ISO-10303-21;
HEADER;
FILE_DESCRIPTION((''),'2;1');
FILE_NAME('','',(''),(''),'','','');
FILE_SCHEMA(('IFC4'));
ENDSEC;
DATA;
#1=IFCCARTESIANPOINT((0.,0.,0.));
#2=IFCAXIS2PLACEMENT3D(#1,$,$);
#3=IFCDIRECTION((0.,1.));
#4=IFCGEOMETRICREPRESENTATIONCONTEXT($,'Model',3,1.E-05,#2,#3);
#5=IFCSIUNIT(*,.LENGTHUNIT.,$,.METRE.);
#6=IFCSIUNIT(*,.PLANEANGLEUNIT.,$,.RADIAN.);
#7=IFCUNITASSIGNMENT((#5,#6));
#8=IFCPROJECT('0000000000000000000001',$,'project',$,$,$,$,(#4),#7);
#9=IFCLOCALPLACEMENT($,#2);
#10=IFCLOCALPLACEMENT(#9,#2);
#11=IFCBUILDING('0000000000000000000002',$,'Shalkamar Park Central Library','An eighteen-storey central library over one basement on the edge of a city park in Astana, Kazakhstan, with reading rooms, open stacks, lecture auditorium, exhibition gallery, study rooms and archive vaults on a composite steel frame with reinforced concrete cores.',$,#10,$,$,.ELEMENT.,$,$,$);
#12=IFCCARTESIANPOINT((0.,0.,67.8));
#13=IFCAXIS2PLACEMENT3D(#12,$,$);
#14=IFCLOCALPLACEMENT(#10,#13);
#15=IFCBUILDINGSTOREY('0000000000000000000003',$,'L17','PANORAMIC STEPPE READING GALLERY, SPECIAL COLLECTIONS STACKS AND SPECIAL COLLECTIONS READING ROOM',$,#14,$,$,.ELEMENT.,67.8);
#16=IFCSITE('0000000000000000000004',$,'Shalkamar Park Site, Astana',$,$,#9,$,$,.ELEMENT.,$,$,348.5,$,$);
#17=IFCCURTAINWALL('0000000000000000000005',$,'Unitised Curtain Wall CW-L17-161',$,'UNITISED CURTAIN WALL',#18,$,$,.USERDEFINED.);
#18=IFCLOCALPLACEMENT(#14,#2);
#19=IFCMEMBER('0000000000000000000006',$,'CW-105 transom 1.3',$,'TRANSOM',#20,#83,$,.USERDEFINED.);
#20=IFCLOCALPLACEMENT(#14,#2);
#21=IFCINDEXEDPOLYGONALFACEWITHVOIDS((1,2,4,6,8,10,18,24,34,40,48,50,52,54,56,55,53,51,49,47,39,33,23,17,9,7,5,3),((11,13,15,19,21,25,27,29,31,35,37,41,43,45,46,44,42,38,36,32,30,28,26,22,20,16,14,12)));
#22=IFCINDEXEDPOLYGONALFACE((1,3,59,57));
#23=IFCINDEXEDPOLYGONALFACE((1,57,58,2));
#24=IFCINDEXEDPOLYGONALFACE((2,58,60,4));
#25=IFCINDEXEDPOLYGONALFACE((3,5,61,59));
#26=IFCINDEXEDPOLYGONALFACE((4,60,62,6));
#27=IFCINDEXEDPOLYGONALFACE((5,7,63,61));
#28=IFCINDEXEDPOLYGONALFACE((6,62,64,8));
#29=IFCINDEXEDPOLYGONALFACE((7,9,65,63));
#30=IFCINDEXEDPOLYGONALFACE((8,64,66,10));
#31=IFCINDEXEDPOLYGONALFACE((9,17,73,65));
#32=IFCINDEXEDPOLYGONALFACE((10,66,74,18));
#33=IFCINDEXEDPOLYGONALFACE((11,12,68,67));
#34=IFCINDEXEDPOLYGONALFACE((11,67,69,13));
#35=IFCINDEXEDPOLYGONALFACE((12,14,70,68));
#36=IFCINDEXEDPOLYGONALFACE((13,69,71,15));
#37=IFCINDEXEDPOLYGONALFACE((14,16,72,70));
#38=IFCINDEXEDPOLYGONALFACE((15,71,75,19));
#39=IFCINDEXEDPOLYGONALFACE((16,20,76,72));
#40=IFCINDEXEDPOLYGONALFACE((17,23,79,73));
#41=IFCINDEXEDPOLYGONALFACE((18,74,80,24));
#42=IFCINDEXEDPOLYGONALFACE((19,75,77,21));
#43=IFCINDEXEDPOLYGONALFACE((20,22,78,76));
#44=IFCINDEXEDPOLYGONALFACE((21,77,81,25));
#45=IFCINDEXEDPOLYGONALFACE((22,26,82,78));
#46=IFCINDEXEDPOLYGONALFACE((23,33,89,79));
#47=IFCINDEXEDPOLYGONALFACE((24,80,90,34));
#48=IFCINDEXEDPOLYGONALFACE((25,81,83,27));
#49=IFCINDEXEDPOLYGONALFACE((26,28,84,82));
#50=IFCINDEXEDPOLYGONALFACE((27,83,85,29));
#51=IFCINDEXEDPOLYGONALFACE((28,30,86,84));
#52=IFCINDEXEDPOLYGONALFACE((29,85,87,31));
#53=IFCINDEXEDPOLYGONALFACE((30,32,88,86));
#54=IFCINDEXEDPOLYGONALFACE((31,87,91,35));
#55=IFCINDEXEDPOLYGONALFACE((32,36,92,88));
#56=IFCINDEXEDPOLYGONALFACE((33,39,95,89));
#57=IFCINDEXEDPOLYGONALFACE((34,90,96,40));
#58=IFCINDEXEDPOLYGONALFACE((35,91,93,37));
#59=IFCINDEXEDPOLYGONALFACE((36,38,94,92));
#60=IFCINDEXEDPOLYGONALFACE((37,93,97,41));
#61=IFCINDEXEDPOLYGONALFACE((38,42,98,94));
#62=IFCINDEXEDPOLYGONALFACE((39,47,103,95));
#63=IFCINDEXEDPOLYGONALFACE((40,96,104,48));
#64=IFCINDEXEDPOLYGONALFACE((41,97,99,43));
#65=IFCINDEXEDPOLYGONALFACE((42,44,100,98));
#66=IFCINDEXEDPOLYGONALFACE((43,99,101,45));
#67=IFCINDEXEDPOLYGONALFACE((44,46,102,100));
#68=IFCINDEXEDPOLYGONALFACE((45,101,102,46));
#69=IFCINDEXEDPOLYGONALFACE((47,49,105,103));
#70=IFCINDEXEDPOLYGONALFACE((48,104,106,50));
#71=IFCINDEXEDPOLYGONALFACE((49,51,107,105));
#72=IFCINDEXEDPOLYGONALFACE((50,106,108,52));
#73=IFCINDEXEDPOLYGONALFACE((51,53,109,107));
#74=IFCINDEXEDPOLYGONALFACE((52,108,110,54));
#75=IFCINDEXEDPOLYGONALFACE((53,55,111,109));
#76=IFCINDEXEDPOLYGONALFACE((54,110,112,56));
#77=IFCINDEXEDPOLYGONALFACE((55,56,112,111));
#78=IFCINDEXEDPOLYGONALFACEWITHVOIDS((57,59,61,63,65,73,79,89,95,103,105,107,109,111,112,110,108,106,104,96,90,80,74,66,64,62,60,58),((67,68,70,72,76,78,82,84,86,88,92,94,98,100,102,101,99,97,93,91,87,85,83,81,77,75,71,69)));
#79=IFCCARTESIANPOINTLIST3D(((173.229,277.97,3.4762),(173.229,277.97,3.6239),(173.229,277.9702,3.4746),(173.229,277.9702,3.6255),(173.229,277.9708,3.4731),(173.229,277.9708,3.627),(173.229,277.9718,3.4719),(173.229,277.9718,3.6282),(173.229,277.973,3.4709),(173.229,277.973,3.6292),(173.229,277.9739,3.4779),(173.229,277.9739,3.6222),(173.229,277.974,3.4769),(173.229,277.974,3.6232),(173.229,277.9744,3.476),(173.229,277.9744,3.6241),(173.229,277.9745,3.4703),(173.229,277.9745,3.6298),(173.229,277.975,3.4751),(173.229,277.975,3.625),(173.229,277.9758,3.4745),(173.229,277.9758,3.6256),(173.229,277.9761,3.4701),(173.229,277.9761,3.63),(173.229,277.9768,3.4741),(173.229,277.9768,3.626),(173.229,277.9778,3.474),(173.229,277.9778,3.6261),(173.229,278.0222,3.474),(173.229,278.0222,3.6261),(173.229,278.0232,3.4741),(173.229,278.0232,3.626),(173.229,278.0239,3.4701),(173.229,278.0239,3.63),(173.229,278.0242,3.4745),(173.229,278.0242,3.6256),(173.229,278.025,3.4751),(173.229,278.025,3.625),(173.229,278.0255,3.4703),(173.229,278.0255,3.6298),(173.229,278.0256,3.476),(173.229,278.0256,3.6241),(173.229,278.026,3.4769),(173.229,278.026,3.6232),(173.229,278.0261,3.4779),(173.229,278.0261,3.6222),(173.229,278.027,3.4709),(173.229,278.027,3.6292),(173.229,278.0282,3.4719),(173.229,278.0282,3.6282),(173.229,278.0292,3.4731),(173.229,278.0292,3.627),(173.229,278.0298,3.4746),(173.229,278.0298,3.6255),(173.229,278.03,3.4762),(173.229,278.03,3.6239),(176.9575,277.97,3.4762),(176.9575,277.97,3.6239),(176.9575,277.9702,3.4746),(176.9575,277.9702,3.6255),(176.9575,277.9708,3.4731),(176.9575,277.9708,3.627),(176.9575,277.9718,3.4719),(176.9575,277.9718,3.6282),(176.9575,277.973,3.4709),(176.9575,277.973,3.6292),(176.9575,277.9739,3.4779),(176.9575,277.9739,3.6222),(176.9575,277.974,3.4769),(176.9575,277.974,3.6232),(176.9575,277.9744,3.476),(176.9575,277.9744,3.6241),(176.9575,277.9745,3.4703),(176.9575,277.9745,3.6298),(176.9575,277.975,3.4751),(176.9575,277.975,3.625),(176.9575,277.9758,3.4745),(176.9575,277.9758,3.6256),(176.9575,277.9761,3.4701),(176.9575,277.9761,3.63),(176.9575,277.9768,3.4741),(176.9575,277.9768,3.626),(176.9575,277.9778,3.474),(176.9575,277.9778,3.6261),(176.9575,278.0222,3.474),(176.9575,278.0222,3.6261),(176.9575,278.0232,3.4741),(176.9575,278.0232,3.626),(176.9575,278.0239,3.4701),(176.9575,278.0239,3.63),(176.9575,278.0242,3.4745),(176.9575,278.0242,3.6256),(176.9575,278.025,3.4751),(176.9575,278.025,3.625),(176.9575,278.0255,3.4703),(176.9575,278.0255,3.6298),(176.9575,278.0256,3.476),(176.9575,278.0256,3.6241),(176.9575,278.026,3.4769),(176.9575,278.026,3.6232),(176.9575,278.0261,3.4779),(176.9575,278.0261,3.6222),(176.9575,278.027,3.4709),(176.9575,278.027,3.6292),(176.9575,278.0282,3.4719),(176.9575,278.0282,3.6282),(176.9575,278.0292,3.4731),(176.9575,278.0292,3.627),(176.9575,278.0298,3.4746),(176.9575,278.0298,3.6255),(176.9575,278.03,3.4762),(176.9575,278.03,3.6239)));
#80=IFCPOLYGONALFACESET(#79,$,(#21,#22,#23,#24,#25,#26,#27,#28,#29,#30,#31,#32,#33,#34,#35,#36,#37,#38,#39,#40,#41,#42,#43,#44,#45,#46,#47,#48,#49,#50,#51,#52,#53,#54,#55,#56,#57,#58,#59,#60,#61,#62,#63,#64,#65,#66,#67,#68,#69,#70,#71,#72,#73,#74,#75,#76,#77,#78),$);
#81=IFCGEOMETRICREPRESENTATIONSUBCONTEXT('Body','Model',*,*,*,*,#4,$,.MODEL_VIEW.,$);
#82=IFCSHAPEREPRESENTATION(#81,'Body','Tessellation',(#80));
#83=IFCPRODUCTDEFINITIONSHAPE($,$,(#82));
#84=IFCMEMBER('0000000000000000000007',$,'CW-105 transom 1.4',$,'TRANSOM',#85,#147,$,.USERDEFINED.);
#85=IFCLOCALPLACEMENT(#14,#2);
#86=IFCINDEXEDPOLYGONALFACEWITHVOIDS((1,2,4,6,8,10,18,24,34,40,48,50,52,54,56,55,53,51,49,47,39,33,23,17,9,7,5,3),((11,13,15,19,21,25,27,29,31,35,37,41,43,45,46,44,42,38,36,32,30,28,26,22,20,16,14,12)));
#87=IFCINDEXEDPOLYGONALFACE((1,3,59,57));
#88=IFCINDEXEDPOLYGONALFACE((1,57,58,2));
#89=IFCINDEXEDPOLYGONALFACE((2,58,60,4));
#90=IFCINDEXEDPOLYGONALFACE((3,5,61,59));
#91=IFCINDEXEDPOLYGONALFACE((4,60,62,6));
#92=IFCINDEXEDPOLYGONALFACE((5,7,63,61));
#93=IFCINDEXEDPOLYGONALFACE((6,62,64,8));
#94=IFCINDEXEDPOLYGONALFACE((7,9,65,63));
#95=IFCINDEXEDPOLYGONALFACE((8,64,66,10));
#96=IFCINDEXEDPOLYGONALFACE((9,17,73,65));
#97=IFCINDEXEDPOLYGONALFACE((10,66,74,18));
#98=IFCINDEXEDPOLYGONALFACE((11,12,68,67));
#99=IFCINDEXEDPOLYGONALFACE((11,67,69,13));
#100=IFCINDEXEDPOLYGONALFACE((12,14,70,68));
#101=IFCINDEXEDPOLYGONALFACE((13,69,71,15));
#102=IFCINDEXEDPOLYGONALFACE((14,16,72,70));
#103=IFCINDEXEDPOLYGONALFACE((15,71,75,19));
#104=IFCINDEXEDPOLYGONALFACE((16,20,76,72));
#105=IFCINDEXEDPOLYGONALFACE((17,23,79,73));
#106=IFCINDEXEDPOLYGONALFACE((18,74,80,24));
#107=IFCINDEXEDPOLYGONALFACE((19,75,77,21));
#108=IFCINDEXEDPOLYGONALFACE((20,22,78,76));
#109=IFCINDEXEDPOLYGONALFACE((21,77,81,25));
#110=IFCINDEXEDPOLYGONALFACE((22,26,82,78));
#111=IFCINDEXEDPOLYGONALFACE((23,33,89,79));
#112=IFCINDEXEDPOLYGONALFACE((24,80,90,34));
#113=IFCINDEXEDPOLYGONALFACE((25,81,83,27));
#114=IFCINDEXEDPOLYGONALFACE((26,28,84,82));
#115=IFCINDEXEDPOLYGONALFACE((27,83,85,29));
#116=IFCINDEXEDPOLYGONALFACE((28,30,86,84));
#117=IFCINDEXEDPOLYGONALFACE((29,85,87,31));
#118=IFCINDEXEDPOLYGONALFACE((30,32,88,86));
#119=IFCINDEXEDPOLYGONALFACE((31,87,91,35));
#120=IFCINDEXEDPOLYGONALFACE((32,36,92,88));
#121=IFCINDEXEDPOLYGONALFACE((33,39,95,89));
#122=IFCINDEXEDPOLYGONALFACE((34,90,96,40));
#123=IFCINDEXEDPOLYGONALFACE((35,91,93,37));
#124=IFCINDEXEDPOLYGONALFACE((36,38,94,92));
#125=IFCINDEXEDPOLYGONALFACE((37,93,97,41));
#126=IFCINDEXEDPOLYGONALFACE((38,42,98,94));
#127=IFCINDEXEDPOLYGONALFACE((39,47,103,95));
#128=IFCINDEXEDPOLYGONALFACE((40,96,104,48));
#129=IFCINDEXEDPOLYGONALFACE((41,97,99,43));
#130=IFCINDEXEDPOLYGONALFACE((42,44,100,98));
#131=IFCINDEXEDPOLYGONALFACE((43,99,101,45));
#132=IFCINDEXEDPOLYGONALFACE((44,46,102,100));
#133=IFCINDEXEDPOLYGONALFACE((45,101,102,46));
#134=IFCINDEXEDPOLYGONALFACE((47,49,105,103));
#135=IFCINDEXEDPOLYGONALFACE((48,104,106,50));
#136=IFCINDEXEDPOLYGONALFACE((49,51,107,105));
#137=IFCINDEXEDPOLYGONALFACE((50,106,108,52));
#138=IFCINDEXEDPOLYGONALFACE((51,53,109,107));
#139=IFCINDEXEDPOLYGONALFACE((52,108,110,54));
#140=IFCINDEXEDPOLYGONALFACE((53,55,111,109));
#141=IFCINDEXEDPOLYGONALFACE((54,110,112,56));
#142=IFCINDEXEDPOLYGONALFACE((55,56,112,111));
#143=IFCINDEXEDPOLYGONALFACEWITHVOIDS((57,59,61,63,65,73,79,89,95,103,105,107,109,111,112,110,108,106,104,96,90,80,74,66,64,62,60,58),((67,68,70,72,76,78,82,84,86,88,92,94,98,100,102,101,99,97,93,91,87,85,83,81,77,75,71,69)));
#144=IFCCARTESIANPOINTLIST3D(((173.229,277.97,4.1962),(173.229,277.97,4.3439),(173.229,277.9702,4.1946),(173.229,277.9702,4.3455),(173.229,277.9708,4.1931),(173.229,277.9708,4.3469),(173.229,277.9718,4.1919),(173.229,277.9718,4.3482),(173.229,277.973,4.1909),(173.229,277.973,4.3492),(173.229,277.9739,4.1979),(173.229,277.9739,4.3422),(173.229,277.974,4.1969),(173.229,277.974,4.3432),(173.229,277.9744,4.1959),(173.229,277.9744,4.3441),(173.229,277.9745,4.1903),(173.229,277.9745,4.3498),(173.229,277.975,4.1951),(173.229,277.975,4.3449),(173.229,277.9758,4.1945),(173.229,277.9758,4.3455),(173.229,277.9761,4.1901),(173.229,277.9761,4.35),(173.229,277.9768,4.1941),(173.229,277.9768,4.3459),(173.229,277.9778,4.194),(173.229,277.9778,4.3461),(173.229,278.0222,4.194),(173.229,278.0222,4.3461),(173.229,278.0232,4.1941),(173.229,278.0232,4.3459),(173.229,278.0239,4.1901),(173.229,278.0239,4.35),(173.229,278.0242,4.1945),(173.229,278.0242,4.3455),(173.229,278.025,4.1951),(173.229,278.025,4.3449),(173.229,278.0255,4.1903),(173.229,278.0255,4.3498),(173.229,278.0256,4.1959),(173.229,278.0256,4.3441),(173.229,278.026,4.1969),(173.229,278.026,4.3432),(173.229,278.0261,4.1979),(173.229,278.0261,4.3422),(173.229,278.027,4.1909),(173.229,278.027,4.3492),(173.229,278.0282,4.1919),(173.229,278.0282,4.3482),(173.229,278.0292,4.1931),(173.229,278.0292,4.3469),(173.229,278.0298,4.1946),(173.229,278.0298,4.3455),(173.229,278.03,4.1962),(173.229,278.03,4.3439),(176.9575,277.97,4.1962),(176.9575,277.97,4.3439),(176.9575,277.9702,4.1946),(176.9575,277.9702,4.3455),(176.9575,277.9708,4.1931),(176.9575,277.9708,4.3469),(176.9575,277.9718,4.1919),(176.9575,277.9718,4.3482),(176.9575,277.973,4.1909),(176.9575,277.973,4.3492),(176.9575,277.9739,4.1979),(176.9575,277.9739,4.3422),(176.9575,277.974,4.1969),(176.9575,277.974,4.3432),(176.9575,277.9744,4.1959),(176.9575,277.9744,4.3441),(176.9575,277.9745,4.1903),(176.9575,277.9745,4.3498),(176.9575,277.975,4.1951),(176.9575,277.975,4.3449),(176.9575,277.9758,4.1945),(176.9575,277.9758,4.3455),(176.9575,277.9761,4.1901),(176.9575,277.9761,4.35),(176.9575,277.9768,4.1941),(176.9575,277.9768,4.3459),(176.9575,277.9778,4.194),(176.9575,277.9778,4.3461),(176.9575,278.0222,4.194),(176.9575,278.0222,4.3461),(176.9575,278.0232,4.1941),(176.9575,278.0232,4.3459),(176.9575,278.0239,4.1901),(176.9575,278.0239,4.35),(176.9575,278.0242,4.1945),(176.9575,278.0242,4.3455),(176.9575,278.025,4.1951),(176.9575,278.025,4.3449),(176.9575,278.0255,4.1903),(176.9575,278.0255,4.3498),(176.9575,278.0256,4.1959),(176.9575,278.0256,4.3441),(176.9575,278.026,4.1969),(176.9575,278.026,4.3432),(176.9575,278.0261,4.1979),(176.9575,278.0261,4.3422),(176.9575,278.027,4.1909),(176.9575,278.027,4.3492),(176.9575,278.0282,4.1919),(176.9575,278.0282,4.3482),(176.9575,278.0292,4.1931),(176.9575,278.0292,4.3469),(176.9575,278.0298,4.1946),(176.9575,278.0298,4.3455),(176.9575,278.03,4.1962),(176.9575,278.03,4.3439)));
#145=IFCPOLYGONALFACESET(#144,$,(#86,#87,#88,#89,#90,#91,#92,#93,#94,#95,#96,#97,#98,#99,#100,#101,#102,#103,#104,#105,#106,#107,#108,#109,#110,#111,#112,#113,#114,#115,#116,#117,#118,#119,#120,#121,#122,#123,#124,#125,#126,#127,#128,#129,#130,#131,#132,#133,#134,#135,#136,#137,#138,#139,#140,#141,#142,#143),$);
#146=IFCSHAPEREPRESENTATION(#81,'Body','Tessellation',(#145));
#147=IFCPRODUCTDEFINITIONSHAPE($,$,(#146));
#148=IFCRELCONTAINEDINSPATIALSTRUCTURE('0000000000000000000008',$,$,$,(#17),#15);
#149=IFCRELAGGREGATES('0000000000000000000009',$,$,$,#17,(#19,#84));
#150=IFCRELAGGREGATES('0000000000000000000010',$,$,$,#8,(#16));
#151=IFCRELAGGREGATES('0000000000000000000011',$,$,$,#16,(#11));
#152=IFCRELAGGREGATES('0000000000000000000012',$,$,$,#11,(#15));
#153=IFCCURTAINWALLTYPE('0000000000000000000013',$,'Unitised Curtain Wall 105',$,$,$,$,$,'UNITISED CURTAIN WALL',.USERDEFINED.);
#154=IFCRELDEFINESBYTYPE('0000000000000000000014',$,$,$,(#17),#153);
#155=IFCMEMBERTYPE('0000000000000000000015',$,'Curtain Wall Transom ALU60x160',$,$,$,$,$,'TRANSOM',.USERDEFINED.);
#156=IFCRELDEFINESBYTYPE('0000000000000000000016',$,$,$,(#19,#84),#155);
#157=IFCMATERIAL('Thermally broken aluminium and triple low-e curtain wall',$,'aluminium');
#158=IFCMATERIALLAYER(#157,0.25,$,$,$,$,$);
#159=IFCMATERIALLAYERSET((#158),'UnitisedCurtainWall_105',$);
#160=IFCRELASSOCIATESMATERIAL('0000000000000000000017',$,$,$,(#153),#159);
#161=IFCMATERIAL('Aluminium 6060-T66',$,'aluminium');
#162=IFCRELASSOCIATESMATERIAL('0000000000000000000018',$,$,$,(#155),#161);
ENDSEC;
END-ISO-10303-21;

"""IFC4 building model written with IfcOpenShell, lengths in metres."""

from ifc_helpers import new_model, si_unit, direction, frame, origin, origin_2d, place, context, subcontext, project, spatial, hollow_rectangle, extrude, material, layer, layer_set, material_profile, profile_set, type_object, element, aggregate, save


model = new_model("IFC4")

# Units and contexts
model_context = context("Model", 3, precision=1e-05, world=origin(), true_north=direction((0.0, 1.0)))
body_context = subcontext(model_context, "Body", "Model", "MODEL_VIEW")
ifc_project = project(units=[si_unit("LENGTHUNIT", "METRE"), si_unit("PLANEANGLEUNIT", "RADIAN")], contexts=[model_context])

# Site, building, storey
site_placement = place(None, origin())
site = spatial("IfcSite", under=ifc_project, at=site_placement, Name="Shalkamar Park Site, Astana", CompositionType="ELEMENT", RefElevation=348.5)
building_placement = place(site_placement, origin())
building = spatial("IfcBuilding", under=site, at=building_placement, Name="Shalkamar Park Central Library", Description="An eighteen-storey central library over one basement on the edge of a city park in Astana, Kazakhstan, with reading rooms, open stacks, lecture auditorium, exhibition gallery, study rooms and archive vaults on a composite steel frame with reinforced concrete cores.", CompositionType="ELEMENT")
storey_placement = place(building_placement, frame((0.0, 0.0, 67.8)))
storey = spatial("IfcBuildingStorey", under=building, at=storey_placement, Name="L17", Description="PANORAMIC STEPPE READING GALLERY, SPECIAL COLLECTIONS STACKS AND SPECIAL COLLECTIONS READING ROOM", CompositionType="ELEMENT", Elevation=67.8)

# Curtain wall, members
ifc_material_1 = material(Name="Thermally broken aluminium and triple low-e curtain wall", Category="aluminium")
ifc_layer_1 = layer(ifc_material_1, 0.25)
ifc_layer_set_1 = layer_set([ifc_layer_1], Name="UnitisedCurtainWall_105")
curtain_wall_type = type_object("IfcCurtainWallType", Name="Unitised Curtain Wall 105", ElementType="UNITISED CURTAIN WALL", PredefinedType="USERDEFINED", material=ifc_layer_set_1)
curtain_wall_placement = place(storey_placement, origin())
curtain_wall = element("IfcCurtainWall", 1, at=curtain_wall_placement, inside=storey, type_object=curtain_wall_type, Name="Unitised Curtain Wall CW-L17-161", ObjectType="UNITISED CURTAIN WALL", PredefinedType="USERDEFINED")
ifc_material_2 = material(Name="Aluminium 6060-T66", Category="aluminium")
ifc_material_profile_1 = material_profile(ifc_material_2, hollow_rectangle(XDim=0.0601, YDim=0.1599, WallThickness=0.0039, InnerFilletRadius=0.0039, OuterFilletRadius=0.0061, at=origin_2d()), Name="ALU 60x160x4")
ifc_profile_set_1 = profile_set([ifc_material_profile_1], Name="Aluminium 6060-T66")
member_type_1 = type_object("IfcMemberType", Name="Curtain Wall Transom ALU60x160", ElementType="TRANSOM", PredefinedType="USERDEFINED", material=ifc_profile_set_1)
member_1_placement = place(storey_placement, frame((173.229, 278.0, 3.55), z_axis=(1.0, 0.0, 0.0), x_axis=(0.0, 1.0, 0.0)))
member_1 = element("IfcMember", 2, at=member_1_placement, type_object=member_type_1, Name="CW-105 transom 1.3", ObjectType="TRANSOM", PredefinedType="USERDEFINED", context=body_context, shape_type="SweptSolid", body=[
    extrude(hollow_rectangle(XDim=0.0601, YDim=0.1599, WallThickness=0.0039, InnerFilletRadius=0.0039, OuterFilletRadius=0.0061, at=origin_2d()), origin(), (0.0, 0.0, 1.0), 3.7285),
])
member_2_placement = place(storey_placement, frame((173.229, 278.0, 4.27), z_axis=(1.0, 0.0, 0.0), x_axis=(0.0, 1.0, 0.0)))
member_2 = element("IfcMember", 3, at=member_2_placement, type_object=member_type_1, Name="CW-105 transom 1.4", ObjectType="TRANSOM", PredefinedType="USERDEFINED", context=body_context, shape_type="SweptSolid", body=[
    extrude(hollow_rectangle(XDim=0.0601, YDim=0.1599, WallThickness=0.0039, InnerFilletRadius=0.0039, OuterFilletRadius=0.0061, at=origin_2d()), origin(), (0.0, 0.0, 1.0), 3.7285),
])

aggregate(curtain_wall, [member_1, member_2])

save(model, "model.ifc")
